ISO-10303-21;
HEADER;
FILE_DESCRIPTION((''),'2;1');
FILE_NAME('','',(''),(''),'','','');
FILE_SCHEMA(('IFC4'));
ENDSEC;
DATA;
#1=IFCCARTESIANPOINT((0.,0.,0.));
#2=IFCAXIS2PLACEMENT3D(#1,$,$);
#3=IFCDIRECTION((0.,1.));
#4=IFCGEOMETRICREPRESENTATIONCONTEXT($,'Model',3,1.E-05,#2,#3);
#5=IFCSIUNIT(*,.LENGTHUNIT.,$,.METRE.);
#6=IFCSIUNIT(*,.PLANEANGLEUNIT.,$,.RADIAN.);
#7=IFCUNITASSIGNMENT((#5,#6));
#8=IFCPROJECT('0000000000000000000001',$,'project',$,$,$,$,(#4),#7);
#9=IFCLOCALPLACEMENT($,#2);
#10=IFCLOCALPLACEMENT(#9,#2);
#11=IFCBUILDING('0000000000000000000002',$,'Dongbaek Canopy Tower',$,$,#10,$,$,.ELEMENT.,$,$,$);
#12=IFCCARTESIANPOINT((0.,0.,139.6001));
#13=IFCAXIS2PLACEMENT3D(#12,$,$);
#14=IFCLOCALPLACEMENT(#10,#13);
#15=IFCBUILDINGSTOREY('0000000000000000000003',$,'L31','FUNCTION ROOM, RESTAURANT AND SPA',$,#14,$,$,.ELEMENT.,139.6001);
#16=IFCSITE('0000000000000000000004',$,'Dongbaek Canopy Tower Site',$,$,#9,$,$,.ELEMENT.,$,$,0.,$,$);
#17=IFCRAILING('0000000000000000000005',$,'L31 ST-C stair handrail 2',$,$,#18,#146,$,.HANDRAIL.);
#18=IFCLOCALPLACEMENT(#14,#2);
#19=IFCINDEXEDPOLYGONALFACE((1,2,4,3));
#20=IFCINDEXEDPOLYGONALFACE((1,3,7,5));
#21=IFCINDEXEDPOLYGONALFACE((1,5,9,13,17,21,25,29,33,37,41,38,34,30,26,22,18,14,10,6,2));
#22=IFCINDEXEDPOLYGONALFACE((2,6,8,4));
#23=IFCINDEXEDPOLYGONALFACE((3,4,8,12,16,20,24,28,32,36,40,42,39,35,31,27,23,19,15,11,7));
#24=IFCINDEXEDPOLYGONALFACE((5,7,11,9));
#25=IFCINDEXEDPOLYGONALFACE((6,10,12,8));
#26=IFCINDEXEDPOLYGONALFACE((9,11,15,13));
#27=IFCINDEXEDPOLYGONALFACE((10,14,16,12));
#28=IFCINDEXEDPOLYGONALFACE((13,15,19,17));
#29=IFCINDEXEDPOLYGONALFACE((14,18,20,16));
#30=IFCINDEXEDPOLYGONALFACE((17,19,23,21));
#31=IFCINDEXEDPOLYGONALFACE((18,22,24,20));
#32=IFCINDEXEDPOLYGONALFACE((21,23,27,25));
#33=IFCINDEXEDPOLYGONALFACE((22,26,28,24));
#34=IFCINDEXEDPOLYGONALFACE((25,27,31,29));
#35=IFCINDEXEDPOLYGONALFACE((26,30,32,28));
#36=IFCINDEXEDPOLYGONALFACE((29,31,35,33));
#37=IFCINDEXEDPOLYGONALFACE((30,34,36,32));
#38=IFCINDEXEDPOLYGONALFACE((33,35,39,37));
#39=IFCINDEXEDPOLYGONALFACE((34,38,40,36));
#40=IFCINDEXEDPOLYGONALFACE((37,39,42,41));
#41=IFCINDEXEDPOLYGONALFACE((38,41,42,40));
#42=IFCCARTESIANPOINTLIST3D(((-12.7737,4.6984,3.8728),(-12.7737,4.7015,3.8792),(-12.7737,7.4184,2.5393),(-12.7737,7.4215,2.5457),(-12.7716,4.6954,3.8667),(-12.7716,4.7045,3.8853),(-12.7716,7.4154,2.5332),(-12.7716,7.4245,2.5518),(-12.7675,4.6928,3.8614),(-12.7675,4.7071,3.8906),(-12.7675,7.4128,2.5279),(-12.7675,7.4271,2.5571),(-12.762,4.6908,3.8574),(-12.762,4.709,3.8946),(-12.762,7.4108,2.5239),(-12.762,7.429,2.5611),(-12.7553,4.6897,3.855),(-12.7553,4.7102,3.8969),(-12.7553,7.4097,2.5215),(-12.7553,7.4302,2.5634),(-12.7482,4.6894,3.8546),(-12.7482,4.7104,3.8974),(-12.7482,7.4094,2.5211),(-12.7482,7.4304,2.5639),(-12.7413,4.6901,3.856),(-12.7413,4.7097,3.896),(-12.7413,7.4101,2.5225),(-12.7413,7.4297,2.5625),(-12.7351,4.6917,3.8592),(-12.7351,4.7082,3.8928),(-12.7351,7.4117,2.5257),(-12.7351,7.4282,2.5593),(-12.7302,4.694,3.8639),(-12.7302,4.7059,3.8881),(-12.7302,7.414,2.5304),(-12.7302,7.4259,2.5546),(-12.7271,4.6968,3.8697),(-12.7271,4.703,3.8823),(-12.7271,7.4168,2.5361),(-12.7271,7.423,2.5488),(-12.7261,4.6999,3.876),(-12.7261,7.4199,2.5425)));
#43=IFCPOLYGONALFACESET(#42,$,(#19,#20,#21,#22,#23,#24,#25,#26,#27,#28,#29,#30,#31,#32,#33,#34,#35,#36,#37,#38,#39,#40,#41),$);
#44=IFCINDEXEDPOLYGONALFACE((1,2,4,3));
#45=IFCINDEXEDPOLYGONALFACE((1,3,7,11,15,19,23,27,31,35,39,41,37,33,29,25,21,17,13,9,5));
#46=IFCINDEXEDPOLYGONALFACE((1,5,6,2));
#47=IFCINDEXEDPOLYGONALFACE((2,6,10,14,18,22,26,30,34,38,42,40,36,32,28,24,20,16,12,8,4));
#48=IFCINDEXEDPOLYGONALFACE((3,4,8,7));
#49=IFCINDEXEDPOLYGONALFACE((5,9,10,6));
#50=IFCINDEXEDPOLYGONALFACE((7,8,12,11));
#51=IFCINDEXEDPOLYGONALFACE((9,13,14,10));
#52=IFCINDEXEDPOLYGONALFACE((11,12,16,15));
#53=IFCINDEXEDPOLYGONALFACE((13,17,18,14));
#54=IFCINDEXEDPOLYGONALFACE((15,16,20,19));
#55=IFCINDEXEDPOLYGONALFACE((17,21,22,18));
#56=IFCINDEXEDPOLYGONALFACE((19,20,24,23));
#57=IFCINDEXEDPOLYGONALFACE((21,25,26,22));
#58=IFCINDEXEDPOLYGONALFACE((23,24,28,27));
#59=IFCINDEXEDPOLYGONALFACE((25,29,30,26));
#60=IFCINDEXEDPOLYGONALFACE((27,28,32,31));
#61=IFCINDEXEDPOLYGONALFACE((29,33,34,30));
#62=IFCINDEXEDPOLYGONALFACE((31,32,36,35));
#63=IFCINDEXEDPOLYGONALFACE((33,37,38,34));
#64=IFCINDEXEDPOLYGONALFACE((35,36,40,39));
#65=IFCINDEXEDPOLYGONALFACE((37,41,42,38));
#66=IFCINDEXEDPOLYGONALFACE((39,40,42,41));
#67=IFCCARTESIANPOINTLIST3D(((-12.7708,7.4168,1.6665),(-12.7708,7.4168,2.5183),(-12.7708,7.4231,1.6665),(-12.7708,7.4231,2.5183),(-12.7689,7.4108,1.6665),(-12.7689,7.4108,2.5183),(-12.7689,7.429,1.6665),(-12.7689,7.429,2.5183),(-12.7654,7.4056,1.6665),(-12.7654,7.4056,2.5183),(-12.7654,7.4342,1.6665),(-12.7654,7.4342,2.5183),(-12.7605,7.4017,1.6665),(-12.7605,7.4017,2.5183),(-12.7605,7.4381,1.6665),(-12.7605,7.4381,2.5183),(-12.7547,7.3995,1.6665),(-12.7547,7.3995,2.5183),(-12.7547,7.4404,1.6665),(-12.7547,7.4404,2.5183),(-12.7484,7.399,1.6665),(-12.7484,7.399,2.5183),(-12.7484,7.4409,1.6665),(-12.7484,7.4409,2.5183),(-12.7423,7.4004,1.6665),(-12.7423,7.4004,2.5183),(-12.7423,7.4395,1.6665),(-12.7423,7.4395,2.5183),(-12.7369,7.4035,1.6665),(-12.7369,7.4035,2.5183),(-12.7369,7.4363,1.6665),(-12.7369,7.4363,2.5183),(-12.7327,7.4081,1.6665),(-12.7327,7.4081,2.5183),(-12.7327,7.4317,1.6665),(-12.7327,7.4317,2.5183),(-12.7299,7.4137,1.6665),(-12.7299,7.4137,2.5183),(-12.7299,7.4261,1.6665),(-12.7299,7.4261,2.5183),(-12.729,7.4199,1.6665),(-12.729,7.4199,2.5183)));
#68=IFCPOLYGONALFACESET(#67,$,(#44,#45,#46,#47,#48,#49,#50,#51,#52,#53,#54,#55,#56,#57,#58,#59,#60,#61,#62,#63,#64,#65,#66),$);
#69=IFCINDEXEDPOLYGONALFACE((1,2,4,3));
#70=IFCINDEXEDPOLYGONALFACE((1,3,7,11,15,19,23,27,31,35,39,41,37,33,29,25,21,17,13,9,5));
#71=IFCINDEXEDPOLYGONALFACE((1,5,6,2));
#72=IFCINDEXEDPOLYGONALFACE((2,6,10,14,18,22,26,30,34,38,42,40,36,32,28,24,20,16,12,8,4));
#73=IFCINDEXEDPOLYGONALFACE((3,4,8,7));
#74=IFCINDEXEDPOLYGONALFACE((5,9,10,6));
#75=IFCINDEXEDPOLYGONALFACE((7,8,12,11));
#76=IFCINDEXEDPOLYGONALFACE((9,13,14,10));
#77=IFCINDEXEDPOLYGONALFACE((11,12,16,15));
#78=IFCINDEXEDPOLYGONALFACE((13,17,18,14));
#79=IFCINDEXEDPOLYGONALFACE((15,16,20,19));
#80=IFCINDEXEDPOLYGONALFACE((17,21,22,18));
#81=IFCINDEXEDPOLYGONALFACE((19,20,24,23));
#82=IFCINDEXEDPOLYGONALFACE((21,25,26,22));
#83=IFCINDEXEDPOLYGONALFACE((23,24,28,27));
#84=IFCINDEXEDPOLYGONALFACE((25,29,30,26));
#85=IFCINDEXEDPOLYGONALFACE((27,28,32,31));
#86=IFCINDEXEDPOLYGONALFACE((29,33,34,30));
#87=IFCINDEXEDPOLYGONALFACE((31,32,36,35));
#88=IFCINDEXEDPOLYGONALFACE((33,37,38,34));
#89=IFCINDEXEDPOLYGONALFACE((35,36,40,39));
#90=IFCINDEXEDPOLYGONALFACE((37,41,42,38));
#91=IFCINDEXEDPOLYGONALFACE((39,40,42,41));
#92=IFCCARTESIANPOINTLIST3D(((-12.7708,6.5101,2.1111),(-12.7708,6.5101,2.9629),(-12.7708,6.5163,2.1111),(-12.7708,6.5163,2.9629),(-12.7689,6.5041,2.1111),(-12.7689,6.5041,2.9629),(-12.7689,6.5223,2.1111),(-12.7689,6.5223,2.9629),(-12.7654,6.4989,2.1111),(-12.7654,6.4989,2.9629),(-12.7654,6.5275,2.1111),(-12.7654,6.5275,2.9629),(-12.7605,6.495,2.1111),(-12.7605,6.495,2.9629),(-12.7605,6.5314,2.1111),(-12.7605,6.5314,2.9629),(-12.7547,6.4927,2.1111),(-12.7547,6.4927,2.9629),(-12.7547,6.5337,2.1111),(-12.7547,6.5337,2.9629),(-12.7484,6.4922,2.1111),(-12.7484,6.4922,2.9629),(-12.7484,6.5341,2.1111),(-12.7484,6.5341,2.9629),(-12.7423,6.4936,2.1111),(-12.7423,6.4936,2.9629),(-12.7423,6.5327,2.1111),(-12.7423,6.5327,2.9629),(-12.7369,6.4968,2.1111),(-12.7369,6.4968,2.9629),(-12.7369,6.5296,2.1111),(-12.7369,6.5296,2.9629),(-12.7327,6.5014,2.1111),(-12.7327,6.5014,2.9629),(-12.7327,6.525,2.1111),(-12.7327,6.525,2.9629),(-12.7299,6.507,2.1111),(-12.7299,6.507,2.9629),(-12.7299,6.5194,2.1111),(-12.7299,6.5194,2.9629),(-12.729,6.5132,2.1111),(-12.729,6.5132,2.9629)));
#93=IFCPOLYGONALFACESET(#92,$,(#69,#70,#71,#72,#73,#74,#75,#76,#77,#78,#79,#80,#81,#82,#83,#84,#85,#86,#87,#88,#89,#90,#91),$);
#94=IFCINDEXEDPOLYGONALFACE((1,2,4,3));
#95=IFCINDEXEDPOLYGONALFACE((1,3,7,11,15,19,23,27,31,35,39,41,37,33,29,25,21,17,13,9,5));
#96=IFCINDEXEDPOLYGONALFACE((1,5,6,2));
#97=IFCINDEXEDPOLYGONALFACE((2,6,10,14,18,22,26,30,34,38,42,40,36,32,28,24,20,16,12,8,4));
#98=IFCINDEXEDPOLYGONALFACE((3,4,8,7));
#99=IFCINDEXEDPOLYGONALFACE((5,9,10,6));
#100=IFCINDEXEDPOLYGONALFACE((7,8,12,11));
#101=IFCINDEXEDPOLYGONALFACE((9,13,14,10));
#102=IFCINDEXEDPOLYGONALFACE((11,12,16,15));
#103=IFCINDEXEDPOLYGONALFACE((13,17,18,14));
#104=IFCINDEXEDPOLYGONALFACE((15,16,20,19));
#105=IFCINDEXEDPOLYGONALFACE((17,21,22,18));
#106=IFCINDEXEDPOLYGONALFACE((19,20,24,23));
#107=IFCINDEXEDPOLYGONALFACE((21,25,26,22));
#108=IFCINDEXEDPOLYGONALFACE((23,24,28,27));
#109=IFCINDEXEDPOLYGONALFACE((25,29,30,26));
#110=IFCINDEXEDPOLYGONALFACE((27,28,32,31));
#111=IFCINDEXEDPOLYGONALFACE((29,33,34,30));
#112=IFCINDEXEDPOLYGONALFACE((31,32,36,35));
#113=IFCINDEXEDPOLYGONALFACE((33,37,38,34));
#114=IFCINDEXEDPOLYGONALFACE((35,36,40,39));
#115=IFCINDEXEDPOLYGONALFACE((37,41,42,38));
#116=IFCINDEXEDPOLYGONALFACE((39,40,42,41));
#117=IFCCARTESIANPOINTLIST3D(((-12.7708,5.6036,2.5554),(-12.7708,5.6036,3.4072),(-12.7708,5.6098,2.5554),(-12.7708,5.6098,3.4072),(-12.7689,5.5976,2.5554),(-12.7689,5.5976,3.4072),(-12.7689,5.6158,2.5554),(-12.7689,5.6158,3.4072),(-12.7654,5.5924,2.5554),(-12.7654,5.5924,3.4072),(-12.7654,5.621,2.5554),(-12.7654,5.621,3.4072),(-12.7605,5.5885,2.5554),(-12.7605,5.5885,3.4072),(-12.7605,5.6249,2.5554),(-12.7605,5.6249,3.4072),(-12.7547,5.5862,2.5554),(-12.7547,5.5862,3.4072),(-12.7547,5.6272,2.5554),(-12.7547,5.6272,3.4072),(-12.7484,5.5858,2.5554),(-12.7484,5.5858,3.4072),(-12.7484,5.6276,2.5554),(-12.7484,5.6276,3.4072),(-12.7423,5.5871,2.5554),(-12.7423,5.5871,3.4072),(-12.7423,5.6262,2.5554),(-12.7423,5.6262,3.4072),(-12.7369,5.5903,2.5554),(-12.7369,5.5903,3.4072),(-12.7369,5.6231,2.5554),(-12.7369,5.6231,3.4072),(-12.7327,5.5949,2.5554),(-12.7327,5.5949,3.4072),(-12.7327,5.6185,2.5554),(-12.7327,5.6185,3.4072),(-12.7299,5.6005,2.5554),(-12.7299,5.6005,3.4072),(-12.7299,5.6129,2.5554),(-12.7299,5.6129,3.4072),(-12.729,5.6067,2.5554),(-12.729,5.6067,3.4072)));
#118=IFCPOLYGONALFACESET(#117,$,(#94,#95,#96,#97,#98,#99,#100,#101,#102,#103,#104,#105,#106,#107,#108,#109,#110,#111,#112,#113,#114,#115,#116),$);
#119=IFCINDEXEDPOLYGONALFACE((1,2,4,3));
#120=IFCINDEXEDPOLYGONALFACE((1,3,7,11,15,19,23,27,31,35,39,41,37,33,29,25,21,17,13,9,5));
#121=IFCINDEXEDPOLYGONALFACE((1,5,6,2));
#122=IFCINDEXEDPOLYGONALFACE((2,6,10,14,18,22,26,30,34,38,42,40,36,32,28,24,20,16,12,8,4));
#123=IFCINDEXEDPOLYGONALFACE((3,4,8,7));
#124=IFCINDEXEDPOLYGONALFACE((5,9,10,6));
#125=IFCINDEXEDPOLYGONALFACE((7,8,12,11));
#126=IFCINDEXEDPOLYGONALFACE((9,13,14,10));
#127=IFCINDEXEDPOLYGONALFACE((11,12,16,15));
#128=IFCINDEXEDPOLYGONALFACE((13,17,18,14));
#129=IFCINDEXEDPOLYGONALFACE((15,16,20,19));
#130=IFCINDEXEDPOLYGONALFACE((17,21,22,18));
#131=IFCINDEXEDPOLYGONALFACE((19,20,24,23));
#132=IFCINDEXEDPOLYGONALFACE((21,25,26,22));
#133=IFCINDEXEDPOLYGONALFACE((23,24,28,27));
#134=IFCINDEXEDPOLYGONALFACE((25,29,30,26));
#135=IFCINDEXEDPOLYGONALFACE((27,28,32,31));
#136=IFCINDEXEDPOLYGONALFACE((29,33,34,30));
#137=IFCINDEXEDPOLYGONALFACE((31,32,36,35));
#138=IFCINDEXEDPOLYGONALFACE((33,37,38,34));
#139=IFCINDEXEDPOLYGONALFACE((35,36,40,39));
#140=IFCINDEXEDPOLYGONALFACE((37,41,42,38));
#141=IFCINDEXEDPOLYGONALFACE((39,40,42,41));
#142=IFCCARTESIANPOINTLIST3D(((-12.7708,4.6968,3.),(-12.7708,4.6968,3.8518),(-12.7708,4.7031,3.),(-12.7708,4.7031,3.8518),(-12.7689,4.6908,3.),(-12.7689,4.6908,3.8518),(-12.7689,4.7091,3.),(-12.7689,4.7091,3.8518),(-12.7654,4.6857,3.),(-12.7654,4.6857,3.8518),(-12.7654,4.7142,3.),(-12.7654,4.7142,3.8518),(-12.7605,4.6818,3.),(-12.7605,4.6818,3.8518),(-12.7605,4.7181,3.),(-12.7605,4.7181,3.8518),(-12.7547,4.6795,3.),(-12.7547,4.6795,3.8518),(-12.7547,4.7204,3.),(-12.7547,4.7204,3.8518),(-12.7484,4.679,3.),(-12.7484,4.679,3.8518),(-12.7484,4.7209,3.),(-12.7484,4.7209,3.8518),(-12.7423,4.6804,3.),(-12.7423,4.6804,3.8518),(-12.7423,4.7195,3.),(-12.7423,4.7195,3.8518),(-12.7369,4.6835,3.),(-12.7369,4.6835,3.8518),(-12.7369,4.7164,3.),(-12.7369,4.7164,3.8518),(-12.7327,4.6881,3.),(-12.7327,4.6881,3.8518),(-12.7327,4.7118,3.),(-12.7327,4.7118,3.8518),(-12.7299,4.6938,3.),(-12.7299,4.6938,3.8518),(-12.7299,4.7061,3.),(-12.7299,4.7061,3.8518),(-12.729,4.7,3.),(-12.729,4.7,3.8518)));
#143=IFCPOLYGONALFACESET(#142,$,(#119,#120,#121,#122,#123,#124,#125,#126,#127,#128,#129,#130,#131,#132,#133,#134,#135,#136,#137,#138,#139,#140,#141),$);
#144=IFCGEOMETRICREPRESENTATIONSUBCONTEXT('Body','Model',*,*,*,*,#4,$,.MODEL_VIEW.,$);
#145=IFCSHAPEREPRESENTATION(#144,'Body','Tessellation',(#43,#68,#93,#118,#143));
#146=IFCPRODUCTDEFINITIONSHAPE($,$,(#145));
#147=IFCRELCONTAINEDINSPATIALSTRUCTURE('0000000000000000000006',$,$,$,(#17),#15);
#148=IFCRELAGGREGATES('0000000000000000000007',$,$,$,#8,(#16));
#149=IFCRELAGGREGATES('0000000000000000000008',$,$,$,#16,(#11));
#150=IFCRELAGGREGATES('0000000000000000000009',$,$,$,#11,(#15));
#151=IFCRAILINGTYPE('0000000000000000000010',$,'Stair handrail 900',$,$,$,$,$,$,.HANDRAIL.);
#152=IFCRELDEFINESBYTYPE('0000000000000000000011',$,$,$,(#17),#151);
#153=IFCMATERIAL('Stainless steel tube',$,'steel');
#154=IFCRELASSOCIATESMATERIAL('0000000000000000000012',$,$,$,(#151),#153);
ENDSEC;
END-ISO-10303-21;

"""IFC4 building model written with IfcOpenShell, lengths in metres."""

from ifc_helpers import new_model, si_unit, direction, frame, origin, origin_2d, place, context, subcontext, project, spatial, circle, extrude, material, type_object, element, save


model = new_model("IFC4")

# Units and contexts
model_context = context("Model", 3, precision=1e-05, world=origin(), true_north=direction((0.0, 1.0)))
body_context = subcontext(model_context, "Body", "Model", "MODEL_VIEW")
ifc_project = project(units=[si_unit("LENGTHUNIT", "METRE"), si_unit("PLANEANGLEUNIT", "RADIAN")], contexts=[model_context])

# Site, building, storey
site_placement = place(None, origin())
site = spatial("IfcSite", under=ifc_project, at=site_placement, Name="Dongbaek Canopy Tower Site", CompositionType="ELEMENT", RefElevation=0.0)
building_placement = place(site_placement, origin())
building = spatial("IfcBuilding", under=site, at=building_placement, Name="Dongbaek Canopy Tower", CompositionType="ELEMENT")
storey_placement = place(building_placement, frame((0.0, 0.0, 139.6001)))
storey = spatial("IfcBuildingStorey", under=building, at=storey_placement, Name="L31", Description="FUNCTION ROOM, RESTAURANT AND SPA", CompositionType="ELEMENT", Elevation=139.6001)

# Railing
ifc_material_1 = material(Name="Stainless steel tube", Category="steel")
railing_type = type_object("IfcRailingType", Name="Stair handrail 900", PredefinedType="HANDRAIL", material=ifc_material_1)
for number, where, name in (
    (1, (-12.75, 7.4199, 1.6665), "L31 ST-C stair handrail 2"),
):
    element("IfcRailing", number, at=place(storey_placement, frame(where)), inside=storey, type_object=railing_type, Name=name, PredefinedType="HANDRAIL", context=body_context, shape_type="SweptSolid", body=[
        extrude(circle(Radius=0.0239, at=origin_2d()), frame((0.0, 0.0, 0.876), z_axis=(0.0, -0.897898, 0.440204), x_axis=(1.0, 0.0, 0.0)), (0.0, 0.0, 1.0), 3.0293),
        extrude(circle(Radius=0.021, at=origin_2d()), origin(), (0.0, 0.0, 1.0), 0.8518),
        extrude(circle(Radius=0.021, at=origin_2d()), frame((0.0, -0.9067, 0.4446)), (0.0, 0.0, 1.0), 0.8518),
        extrude(circle(Radius=0.021, at=origin_2d()), frame((0.0, -1.8132, 0.8889)), (0.0, 0.0, 1.0), 0.8518),
        extrude(circle(Radius=0.021, at=origin_2d()), frame((0.0, -2.72, 1.3335)), (0.0, 0.0, 1.0), 0.8518),
    ])

save(model, "model.ifc")
